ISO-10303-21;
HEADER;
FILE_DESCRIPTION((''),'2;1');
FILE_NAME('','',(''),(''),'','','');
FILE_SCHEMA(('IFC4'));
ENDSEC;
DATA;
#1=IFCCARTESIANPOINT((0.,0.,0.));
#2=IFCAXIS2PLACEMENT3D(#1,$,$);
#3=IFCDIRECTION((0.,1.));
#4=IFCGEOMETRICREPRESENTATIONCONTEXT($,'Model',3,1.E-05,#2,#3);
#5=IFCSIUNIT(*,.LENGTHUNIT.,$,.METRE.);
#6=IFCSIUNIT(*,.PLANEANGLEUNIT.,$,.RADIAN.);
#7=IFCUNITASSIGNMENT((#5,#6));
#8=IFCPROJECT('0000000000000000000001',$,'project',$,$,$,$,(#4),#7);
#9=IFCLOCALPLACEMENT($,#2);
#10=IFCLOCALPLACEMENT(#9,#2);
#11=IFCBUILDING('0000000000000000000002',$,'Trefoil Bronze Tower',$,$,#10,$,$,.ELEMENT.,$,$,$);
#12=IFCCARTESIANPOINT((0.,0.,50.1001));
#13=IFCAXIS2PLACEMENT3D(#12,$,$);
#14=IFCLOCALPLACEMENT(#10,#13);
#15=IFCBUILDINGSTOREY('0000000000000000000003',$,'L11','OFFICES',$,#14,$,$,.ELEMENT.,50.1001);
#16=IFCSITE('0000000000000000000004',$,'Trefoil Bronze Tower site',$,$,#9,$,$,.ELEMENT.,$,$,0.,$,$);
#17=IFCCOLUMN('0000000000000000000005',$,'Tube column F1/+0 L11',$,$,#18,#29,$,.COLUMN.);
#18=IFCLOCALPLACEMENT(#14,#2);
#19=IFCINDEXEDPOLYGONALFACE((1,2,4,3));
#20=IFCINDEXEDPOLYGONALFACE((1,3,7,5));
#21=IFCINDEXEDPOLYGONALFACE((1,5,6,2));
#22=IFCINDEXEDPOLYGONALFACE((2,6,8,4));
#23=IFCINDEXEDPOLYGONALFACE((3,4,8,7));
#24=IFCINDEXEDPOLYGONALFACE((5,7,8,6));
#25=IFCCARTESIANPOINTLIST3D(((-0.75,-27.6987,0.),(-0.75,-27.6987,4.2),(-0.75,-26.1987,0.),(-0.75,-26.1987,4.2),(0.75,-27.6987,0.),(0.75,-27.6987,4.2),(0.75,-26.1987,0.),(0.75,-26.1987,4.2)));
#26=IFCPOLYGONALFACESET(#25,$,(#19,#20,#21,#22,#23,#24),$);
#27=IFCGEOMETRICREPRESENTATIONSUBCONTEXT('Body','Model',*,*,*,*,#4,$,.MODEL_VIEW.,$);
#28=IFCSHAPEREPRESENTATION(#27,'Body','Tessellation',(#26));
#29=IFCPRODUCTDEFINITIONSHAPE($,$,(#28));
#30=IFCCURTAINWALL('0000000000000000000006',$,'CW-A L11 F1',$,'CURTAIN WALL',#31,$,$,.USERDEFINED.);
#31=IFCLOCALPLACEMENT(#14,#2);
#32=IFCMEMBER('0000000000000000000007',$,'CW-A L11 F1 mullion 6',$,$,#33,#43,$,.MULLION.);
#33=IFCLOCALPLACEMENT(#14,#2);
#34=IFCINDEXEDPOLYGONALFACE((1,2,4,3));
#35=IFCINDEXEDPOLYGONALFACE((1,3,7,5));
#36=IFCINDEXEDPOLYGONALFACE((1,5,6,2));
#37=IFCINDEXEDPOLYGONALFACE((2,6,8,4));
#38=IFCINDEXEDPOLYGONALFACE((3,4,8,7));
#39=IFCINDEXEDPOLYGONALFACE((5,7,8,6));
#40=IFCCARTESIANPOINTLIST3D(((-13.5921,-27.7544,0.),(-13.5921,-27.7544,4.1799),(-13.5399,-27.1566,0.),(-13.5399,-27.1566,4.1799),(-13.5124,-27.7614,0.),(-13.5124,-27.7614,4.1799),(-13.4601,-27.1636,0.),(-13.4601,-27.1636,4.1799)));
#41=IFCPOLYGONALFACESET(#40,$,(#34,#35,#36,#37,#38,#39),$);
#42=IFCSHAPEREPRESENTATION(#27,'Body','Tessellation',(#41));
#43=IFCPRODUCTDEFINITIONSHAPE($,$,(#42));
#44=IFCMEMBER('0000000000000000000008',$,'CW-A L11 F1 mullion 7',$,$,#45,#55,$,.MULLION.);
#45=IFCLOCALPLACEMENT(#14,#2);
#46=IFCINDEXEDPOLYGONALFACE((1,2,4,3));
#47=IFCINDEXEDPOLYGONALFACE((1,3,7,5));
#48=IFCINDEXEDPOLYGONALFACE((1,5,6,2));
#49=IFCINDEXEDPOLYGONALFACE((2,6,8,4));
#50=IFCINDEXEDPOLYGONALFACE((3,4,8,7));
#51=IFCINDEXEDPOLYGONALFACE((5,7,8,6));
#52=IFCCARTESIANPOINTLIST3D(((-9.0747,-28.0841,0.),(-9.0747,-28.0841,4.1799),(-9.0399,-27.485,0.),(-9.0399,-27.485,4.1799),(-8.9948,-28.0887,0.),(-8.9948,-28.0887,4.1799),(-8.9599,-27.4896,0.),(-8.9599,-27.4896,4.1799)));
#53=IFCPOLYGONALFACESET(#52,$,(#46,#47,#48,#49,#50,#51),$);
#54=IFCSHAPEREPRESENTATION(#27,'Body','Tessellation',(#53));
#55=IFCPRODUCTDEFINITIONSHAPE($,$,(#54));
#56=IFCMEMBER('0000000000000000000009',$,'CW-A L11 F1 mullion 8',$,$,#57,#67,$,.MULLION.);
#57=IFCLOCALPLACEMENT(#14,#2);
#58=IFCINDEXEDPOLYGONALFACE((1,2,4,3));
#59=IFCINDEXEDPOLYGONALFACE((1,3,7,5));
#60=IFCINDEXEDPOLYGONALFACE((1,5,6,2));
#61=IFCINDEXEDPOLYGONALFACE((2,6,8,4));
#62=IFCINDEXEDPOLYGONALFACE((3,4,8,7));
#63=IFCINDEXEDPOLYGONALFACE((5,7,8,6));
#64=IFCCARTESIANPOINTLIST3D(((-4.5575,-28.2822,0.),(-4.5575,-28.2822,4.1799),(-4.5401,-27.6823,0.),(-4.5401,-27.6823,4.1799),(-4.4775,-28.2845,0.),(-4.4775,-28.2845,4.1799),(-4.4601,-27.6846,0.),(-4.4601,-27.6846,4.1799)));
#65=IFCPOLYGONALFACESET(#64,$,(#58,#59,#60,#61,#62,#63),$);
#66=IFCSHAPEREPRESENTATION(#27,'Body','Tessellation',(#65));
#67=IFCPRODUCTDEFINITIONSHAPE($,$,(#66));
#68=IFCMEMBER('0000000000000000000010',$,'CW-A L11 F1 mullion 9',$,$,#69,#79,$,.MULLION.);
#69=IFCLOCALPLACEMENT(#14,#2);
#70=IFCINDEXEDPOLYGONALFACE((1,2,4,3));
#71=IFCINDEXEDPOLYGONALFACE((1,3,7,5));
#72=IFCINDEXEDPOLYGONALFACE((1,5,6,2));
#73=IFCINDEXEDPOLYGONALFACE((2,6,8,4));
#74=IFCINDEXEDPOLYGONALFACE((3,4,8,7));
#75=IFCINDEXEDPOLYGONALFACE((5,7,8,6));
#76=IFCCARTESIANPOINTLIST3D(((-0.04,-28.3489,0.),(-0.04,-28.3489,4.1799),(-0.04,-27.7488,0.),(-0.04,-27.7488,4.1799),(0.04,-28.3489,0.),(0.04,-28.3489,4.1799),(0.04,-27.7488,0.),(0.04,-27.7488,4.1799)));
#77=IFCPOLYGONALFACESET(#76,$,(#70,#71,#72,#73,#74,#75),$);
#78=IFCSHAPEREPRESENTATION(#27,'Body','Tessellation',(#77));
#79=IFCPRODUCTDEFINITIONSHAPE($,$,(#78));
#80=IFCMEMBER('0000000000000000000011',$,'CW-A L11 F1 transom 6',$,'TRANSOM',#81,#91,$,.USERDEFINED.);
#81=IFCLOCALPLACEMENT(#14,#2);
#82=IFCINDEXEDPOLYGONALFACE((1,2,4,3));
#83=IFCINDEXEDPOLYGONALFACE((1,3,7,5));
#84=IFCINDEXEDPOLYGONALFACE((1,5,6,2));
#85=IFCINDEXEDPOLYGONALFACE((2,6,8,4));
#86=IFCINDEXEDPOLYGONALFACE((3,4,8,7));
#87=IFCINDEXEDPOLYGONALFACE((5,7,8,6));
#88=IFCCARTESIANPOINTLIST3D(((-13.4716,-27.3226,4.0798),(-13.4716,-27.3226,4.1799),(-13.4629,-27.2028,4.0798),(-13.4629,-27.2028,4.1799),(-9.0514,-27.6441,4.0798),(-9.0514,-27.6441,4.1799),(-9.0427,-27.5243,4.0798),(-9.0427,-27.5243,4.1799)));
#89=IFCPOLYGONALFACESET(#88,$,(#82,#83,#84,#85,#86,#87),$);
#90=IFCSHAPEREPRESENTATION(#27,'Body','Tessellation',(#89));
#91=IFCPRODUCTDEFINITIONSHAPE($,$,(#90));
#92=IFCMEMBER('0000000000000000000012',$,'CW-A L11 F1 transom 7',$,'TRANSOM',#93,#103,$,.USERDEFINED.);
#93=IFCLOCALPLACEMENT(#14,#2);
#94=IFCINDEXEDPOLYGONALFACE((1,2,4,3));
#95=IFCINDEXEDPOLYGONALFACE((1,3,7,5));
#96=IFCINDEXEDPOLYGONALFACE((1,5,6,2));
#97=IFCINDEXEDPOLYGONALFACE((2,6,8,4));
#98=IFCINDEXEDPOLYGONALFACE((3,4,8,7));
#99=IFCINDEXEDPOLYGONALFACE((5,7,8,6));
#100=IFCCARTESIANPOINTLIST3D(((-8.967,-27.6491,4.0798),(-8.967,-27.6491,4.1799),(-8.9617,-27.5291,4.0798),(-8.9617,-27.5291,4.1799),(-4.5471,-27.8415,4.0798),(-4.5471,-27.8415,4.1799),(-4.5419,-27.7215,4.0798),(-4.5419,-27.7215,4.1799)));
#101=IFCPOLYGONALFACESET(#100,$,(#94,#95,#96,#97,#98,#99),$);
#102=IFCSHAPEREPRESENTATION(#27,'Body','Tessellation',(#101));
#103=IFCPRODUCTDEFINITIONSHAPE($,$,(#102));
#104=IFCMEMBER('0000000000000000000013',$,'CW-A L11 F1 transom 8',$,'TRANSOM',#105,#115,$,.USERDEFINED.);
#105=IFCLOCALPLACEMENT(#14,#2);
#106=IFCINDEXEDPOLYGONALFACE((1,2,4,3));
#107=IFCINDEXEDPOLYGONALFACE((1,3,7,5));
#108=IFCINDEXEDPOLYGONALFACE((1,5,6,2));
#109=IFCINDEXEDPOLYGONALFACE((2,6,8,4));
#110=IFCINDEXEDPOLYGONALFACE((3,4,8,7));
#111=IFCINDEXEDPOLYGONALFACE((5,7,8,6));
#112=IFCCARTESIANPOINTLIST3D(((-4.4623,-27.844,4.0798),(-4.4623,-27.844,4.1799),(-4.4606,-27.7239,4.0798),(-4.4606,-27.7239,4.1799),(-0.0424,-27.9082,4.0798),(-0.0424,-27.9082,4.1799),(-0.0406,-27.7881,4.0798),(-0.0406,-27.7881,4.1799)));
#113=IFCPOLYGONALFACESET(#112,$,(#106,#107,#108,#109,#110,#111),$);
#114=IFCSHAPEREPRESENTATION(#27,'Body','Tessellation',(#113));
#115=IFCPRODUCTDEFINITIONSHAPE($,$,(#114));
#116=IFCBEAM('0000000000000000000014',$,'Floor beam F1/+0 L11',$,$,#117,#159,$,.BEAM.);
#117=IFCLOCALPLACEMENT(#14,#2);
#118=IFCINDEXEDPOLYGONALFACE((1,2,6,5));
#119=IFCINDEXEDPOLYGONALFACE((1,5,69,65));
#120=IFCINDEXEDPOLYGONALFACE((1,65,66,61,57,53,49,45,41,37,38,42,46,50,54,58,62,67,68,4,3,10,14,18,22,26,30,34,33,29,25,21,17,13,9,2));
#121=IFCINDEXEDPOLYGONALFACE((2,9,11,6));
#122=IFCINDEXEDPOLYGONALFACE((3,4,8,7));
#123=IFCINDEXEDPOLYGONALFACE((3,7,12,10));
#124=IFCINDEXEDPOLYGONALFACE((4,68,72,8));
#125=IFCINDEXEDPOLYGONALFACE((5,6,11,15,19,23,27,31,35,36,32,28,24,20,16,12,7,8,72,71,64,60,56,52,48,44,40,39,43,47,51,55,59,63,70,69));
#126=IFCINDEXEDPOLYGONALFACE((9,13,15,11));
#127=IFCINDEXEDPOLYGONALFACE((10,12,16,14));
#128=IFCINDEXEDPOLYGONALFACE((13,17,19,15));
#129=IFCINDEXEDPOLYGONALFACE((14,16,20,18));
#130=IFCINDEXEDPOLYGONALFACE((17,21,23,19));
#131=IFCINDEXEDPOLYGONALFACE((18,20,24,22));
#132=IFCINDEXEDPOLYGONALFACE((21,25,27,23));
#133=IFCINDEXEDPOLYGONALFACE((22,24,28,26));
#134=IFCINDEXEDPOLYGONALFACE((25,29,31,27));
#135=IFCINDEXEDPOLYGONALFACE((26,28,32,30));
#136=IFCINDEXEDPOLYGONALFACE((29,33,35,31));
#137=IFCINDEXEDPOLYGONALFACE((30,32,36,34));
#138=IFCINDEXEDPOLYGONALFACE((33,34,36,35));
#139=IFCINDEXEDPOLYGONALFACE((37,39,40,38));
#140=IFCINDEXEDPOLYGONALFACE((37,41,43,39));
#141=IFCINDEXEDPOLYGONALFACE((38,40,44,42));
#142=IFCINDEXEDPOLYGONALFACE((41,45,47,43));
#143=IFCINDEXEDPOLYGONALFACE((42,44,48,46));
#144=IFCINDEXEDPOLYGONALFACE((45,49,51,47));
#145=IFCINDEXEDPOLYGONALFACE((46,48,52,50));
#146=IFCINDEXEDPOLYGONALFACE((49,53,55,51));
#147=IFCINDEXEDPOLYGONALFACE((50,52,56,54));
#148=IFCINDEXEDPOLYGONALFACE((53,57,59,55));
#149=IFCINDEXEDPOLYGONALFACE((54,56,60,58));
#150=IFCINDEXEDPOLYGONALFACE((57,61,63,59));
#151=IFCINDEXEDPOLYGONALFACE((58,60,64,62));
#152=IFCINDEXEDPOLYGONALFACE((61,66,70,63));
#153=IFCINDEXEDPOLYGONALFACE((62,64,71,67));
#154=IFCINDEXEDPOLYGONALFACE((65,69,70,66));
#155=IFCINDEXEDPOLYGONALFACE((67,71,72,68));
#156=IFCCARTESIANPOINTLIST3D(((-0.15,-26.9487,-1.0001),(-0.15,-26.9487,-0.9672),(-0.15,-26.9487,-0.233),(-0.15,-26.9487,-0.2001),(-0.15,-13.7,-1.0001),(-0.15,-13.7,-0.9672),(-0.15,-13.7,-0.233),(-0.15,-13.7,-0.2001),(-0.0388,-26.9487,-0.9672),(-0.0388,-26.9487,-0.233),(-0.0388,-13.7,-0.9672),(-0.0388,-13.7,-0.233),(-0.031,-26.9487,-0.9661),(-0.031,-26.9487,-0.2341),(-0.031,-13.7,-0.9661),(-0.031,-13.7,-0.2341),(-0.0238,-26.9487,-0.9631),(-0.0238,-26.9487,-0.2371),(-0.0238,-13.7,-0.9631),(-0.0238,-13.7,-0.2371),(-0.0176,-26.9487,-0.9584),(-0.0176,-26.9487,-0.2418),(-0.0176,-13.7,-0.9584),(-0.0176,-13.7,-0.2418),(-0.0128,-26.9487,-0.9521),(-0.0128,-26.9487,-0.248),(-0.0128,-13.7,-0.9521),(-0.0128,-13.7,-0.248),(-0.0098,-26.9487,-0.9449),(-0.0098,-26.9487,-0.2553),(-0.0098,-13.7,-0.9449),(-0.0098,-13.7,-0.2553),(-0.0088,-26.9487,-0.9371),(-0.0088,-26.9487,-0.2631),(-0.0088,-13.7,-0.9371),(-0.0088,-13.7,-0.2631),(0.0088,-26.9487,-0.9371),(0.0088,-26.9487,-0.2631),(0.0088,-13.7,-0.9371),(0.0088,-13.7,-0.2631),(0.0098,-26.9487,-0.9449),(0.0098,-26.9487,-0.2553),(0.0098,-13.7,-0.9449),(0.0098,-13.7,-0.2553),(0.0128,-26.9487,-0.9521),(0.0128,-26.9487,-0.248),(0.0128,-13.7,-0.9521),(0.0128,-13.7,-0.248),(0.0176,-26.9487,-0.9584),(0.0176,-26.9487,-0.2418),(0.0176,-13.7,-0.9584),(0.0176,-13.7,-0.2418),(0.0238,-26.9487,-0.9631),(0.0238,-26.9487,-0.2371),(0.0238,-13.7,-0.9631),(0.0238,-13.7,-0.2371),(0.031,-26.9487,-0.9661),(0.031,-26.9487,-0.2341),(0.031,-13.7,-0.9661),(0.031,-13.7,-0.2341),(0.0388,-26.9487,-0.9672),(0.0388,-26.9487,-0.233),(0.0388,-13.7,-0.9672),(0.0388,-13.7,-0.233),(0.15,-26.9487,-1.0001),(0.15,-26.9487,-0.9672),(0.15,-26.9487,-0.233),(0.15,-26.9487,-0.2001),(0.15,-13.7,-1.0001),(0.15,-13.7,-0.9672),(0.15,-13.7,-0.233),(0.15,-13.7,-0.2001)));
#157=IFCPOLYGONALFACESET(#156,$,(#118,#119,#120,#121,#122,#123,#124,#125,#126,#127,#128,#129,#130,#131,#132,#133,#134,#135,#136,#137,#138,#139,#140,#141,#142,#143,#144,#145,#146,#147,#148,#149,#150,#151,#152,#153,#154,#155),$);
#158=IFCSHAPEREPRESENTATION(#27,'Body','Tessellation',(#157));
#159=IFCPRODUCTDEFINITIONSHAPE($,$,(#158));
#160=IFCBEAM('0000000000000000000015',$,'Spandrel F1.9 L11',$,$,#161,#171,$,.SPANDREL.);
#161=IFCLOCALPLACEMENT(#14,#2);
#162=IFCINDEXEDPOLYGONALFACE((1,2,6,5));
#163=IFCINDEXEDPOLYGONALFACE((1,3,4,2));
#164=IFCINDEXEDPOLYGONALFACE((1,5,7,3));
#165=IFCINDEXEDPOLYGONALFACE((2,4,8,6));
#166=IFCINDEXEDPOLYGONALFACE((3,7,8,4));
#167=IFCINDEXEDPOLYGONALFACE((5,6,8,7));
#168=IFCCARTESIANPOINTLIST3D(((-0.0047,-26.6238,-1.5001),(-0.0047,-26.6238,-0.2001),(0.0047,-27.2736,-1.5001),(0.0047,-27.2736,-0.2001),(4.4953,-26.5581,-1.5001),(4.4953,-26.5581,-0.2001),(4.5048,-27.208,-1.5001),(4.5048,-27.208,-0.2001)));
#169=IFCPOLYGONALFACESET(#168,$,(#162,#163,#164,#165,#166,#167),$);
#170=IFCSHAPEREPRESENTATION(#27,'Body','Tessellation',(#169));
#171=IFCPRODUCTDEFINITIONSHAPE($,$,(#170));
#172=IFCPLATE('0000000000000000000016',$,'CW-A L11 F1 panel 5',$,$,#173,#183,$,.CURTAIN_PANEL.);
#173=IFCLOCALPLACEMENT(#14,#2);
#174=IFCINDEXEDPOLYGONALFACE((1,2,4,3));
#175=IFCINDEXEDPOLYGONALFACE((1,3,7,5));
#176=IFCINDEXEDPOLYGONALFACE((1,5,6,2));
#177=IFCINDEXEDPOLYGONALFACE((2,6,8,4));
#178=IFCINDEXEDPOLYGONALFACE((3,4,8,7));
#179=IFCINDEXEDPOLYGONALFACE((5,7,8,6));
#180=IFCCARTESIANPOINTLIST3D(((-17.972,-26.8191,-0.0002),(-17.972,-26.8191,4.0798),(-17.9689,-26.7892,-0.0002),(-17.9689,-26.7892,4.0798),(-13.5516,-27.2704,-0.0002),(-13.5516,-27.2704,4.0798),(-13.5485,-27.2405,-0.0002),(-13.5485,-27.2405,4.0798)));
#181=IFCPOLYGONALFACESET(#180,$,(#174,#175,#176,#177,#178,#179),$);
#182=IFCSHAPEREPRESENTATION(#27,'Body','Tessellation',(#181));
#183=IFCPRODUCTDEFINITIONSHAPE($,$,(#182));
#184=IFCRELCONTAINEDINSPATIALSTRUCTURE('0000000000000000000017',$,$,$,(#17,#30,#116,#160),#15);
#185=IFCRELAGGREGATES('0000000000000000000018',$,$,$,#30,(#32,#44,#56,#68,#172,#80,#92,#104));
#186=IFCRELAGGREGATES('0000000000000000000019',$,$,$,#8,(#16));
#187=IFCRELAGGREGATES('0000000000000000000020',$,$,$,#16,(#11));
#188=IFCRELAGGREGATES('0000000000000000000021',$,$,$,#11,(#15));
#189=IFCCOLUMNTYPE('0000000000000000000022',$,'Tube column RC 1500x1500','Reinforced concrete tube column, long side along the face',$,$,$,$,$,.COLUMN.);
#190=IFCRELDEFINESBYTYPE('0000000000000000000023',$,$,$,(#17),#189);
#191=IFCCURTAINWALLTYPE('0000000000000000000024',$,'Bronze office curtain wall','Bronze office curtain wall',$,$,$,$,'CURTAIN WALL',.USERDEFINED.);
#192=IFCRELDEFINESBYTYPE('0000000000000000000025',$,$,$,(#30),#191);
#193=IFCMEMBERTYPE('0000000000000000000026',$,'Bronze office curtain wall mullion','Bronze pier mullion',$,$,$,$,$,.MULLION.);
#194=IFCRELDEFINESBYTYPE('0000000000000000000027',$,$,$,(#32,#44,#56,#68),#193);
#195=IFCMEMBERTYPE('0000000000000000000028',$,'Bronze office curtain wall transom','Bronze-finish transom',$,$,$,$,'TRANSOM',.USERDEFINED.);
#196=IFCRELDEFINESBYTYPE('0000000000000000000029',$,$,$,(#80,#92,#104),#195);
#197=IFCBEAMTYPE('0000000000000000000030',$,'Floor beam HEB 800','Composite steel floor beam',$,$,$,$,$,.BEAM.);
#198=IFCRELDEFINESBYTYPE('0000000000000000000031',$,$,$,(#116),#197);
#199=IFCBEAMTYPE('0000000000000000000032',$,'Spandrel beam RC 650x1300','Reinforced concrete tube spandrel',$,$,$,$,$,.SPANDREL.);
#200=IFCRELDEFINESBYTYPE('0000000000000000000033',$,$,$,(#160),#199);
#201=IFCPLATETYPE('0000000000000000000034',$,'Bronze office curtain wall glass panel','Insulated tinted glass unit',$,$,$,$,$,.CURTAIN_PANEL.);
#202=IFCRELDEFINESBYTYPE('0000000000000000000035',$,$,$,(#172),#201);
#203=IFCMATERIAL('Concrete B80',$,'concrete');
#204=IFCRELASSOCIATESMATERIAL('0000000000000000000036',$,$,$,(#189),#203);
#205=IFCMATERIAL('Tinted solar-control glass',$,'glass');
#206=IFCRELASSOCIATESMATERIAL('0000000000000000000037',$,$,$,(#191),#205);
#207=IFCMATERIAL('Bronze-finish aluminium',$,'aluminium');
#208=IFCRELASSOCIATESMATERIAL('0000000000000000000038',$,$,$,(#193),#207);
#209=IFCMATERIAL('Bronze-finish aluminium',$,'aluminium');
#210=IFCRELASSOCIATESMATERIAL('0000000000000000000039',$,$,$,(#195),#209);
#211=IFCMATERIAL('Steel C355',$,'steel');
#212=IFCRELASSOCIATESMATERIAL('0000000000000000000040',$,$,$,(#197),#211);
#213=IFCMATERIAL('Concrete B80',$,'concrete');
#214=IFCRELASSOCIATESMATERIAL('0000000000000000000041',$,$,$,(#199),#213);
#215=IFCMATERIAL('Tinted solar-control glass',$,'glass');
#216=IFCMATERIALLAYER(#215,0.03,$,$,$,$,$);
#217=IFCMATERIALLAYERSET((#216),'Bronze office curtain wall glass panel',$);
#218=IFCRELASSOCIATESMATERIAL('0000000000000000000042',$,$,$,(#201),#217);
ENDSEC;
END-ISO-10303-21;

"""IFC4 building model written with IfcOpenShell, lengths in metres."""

from ifc_helpers import new_model, si_unit, direction, frame, origin, origin_2d, place, context, subcontext, project, spatial, rectangle, i_section, extrude, material, layer, layer_set, material_profile, profile_set, type_object, element, aggregate, save


model = new_model("IFC4")

# Units and contexts
model_context = context("Model", 3, precision=1e-05, world=origin(), true_north=direction((0.0, 1.0)))
body_context = subcontext(model_context, "Body", "Model", "MODEL_VIEW")
ifc_project = project(units=[si_unit("LENGTHUNIT", "METRE"), si_unit("PLANEANGLEUNIT", "RADIAN")], contexts=[model_context])

# Site, building, storey
site_placement = place(None, origin())
site = spatial("IfcSite", under=ifc_project, at=site_placement, Name="Trefoil Bronze Tower site", CompositionType="ELEMENT", RefElevation=0.0)
building_placement = place(site_placement, origin())
building = spatial("IfcBuilding", under=site, at=building_placement, Name="Trefoil Bronze Tower", CompositionType="ELEMENT")
storey_placement = place(building_placement, frame((0.0, 0.0, 50.1001)))
storey = spatial("IfcBuildingStorey", under=building, at=storey_placement, Name="L11", Description="OFFICES", CompositionType="ELEMENT", Elevation=50.1001)

# Column
ifc_material_1 = material(Name="Concrete B80", Category="concrete")
ifc_material_profile_1 = material_profile(ifc_material_1, rectangle(XDim=1.5, YDim=1.5, at=origin_2d()), Name="RC 1500x1500")
ifc_profile_set_1 = profile_set([ifc_material_profile_1], Name="Concrete B80")
column_type = type_object("IfcColumnType", Name="Tube column RC 1500x1500", Description="Reinforced concrete tube column, long side along the face", PredefinedType="COLUMN", material=ifc_profile_set_1)
column_placement = place(storey_placement, frame((0.0, -26.9487, 0.0), z_axis=(0.0, 0.0, 1.0), x_axis=(1.0, 0.0, 0.0)))
element("IfcColumn", 1, at=column_placement, inside=storey, type_object=column_type, Name="Tube column F1/+0 L11", PredefinedType="COLUMN", context=body_context, shape_type="SweptSolid", body=[
    extrude(rectangle(XDim=1.5, YDim=1.5, at=origin_2d()), origin(), (0.0, 0.0, 1.0), 4.2),
])

# Curtain wall, members
ifc_material_2 = material(Name="Tinted solar-control glass", Category="glass")
curtain_wall_type = type_object("IfcCurtainWallType", Name="Bronze office curtain wall", Description="Bronze office curtain wall", ElementType="CURTAIN WALL", PredefinedType="USERDEFINED", material=ifc_material_2)
curtain_wall_placement = place(storey_placement, origin())
curtain_wall = element("IfcCurtainWall", 2, at=curtain_wall_placement, inside=storey, type_object=curtain_wall_type, Name="CW-A L11 F1", ObjectType="CURTAIN WALL", PredefinedType="USERDEFINED")
ifc_material_3 = material(Name="Bronze-finish aluminium", Category="aluminium")
ifc_material_profile_2 = material_profile(ifc_material_3, rectangle(XDim=0.6001, YDim=0.0801, at=origin_2d()), Name="CW-A mullion")
ifc_profile_set_2 = profile_set([ifc_material_profile_2], Name="Bronze-finish aluminium")
member_type_1 = type_object("IfcMemberType", Name="Bronze office curtain wall mullion", Description="Bronze pier mullion", PredefinedType="MULLION", material=ifc_profile_set_2)
member_1_placement = place(storey_placement, frame((-13.5261, -27.459, 0.0), z_axis=(0.0, 0.0, 1.0), x_axis=(0.087065, 0.996203, 0.0)))
member_1 = element("IfcMember", 3, at=member_1_placement, type_object=member_type_1, Name="CW-A L11 F1 mullion 6", PredefinedType="MULLION", context=body_context, shape_type="SweptSolid", body=[
    extrude(rectangle(XDim=0.6001, YDim=0.0801, at=origin_2d()), origin(), (0.0, 0.0, 1.0), 4.1799),
])
member_2_placement = place(storey_placement, frame((-9.0173, -27.7869, 0.0), z_axis=(0.0, 0.0, 1.0), x_axis=(0.058043, 0.998314, 0.0)))
member_2 = element("IfcMember", 4, at=member_2_placement, type_object=member_type_1, Name="CW-A L11 F1 mullion 7", PredefinedType="MULLION", context=body_context, shape_type="SweptSolid", body=[
    extrude(rectangle(XDim=0.6001, YDim=0.0801, at=origin_2d()), origin(), (0.0, 0.0, 1.0), 4.1799),
])
member_3_placement = place(storey_placement, frame((-4.5088, -27.9834, 0.0), z_axis=(0.0, 0.0, 1.0), x_axis=(0.029022, 0.999579, 0.0)))
member_3 = element("IfcMember", 5, at=member_3_placement, type_object=member_type_1, Name="CW-A L11 F1 mullion 8", PredefinedType="MULLION", context=body_context, shape_type="SweptSolid", body=[
    extrude(rectangle(XDim=0.6001, YDim=0.0801, at=origin_2d()), origin(), (0.0, 0.0, 1.0), 4.1799),
])
member_4_placement = place(storey_placement, frame((0.0, -28.0488, 0.0), z_axis=(0.0, 0.0, 1.0), x_axis=(0.0, 1.0, 0.0)))
member_4 = element("IfcMember", 6, at=member_4_placement, type_object=member_type_1, Name="CW-A L11 F1 mullion 9", PredefinedType="MULLION", context=body_context, shape_type="SweptSolid", body=[
    extrude(rectangle(XDim=0.6001, YDim=0.0801, at=origin_2d()), origin(), (0.0, 0.0, 1.0), 4.1799),
])
ifc_material_4 = material(Name="Bronze-finish aluminium", Category="aluminium")
ifc_material_profile_3 = material_profile(ifc_material_4, rectangle(XDim=0.1201, YDim=0.1001, at=origin_2d()), Name="CW-A transom")
ifc_profile_set_3 = profile_set([ifc_material_profile_3], Name="Bronze-finish aluminium")
member_type_2 = type_object("IfcMemberType", Name="Bronze office curtain wall transom", Description="Bronze-finish transom", ElementType="TRANSOM", PredefinedType="USERDEFINED", material=ifc_profile_set_3)
member_5_placement = place(storey_placement, frame((-13.4673, -27.2627, 4.1299), z_axis=(0.997365, -0.072551, 0.0), x_axis=(0.072551, 0.997365, 0.0)))
member_5 = element("IfcMember", 7, at=member_5_placement, type_object=member_type_2, Name="CW-A L11 F1 transom 6", ObjectType="TRANSOM", PredefinedType="USERDEFINED", context=body_context, shape_type="SweptSolid", body=[
    extrude(rectangle(XDim=0.1201, YDim=0.1001, at=origin_2d()), origin(), (0.0, 0.0, 1.0), 4.4319),
])
member_6_placement = place(storey_placement, frame((-8.9644, -27.5891, 4.1299), z_axis=(0.999054, -0.043485, 0.0), x_axis=(0.043485, 0.999054, 0.0)))
member_6 = element("IfcMember", 8, at=member_6_placement, type_object=member_type_2, Name="CW-A L11 F1 transom 7", ObjectType="TRANSOM", PredefinedType="USERDEFINED", context=body_context, shape_type="SweptSolid", body=[
    extrude(rectangle(XDim=0.1201, YDim=0.1001, at=origin_2d()), origin(), (0.0, 0.0, 1.0), 4.4241),
])
member_7_placement = place(storey_placement, frame((-4.4614, -27.7839, 4.1299), z_axis=(0.999894, -0.014526, 0.0), x_axis=(0.014526, 0.999894, 0.0)))
member_7 = element("IfcMember", 9, at=member_7_placement, type_object=member_type_2, Name="CW-A L11 F1 transom 8", ObjectType="TRANSOM", PredefinedType="USERDEFINED", context=body_context, shape_type="SweptSolid", body=[
    extrude(rectangle(XDim=0.1201, YDim=0.1001, at=origin_2d()), origin(), (0.0, 0.0, 1.0), 4.4204),
])

# Beams
ifc_material_5 = material(Name="Steel C355", Category="steel")
ifc_material_profile_4 = material_profile(ifc_material_5, i_section(OverallWidth=0.3, OverallDepth=0.8, WebThickness=0.0176, FlangeThickness=0.033, FilletRadius=0.03, at=origin_2d()), Name="HEB 800")
ifc_profile_set_4 = profile_set([ifc_material_profile_4], Name="Steel C355")
beam_type_1 = type_object("IfcBeamType", Name="Floor beam HEB 800", Description="Composite steel floor beam", PredefinedType="BEAM", material=ifc_profile_set_4)
beam_1_placement = place(storey_placement, frame((0.0, -26.9487, -0.6001), z_axis=(0.0, 1.0, 0.0), x_axis=(-1.0, 0.0, 0.0)))
element("IfcBeam", 10, at=beam_1_placement, inside=storey, type_object=beam_type_1, Name="Floor beam F1/+0 L11", PredefinedType="BEAM", context=body_context, shape_type="SweptSolid", body=[
    extrude(i_section(OverallWidth=0.3, OverallDepth=0.8, WebThickness=0.0176, FlangeThickness=0.033, FilletRadius=0.03, at=origin_2d()), origin(), (0.0, 0.0, 1.0), 13.2488),
])
ifc_material_6 = material(Name="Concrete B80", Category="concrete")
ifc_material_profile_5 = material_profile(ifc_material_6, rectangle(XDim=0.6499, YDim=1.3, at=origin_2d()), Name="RC 650x1300")
ifc_profile_set_5 = profile_set([ifc_material_profile_5], Name="Concrete B80")
beam_type_2 = type_object("IfcBeamType", Name="Spandrel beam RC 650x1300", Description="Reinforced concrete tube spandrel", PredefinedType="SPANDREL", material=ifc_profile_set_5)
beam_2_placement = place(storey_placement, frame((0.0, -26.9487, -0.8501), z_axis=(0.999894, 0.014593, 0.0), x_axis=(-0.014593, 0.999894, 0.0)))
element("IfcBeam", 11, at=beam_2_placement, inside=storey, type_object=beam_type_2, Name="Spandrel F1.9 L11", PredefinedType="SPANDREL", context=body_context, shape_type="SweptSolid", body=[
    extrude(rectangle(XDim=0.6499, YDim=1.3, at=origin_2d()), origin(), (0.0, 0.0, 1.0), 4.5005),
])

# Plate
ifc_material_7 = material(Name="Tinted solar-control glass", Category="glass")
ifc_layer_1 = layer(ifc_material_7, 0.03)
ifc_layer_set_1 = layer_set([ifc_layer_1], Name="Bronze office curtain wall glass panel")
plate_type = type_object("IfcPlateType", Name="Bronze office curtain wall glass panel", Description="Insulated tinted glass unit", PredefinedType="CURTAIN_PANEL", material=ifc_layer_set_1)
plate_1_placement = place(storey_placement, frame((-15.7603, -27.0298, -0.0002), z_axis=(0.0, 0.0, 1.0), x_axis=(0.994829, -0.101565, 0.0)))
plate_1 = element("IfcPlate", 12, at=plate_1_placement, type_object=plate_type, Name="CW-A L11 F1 panel 5", PredefinedType="CURTAIN_PANEL", context=body_context, shape_type="SweptSolid", body=[
    extrude(rectangle(XDim=4.4434, YDim=0.03, at=origin_2d()), origin(), (0.0, 0.0, 1.0), 4.0801),
])
aggregate(curtain_wall, [member_1, member_2, member_3, member_4, plate_1, member_5, member_6, member_7])

save(model, "model.ifc")
